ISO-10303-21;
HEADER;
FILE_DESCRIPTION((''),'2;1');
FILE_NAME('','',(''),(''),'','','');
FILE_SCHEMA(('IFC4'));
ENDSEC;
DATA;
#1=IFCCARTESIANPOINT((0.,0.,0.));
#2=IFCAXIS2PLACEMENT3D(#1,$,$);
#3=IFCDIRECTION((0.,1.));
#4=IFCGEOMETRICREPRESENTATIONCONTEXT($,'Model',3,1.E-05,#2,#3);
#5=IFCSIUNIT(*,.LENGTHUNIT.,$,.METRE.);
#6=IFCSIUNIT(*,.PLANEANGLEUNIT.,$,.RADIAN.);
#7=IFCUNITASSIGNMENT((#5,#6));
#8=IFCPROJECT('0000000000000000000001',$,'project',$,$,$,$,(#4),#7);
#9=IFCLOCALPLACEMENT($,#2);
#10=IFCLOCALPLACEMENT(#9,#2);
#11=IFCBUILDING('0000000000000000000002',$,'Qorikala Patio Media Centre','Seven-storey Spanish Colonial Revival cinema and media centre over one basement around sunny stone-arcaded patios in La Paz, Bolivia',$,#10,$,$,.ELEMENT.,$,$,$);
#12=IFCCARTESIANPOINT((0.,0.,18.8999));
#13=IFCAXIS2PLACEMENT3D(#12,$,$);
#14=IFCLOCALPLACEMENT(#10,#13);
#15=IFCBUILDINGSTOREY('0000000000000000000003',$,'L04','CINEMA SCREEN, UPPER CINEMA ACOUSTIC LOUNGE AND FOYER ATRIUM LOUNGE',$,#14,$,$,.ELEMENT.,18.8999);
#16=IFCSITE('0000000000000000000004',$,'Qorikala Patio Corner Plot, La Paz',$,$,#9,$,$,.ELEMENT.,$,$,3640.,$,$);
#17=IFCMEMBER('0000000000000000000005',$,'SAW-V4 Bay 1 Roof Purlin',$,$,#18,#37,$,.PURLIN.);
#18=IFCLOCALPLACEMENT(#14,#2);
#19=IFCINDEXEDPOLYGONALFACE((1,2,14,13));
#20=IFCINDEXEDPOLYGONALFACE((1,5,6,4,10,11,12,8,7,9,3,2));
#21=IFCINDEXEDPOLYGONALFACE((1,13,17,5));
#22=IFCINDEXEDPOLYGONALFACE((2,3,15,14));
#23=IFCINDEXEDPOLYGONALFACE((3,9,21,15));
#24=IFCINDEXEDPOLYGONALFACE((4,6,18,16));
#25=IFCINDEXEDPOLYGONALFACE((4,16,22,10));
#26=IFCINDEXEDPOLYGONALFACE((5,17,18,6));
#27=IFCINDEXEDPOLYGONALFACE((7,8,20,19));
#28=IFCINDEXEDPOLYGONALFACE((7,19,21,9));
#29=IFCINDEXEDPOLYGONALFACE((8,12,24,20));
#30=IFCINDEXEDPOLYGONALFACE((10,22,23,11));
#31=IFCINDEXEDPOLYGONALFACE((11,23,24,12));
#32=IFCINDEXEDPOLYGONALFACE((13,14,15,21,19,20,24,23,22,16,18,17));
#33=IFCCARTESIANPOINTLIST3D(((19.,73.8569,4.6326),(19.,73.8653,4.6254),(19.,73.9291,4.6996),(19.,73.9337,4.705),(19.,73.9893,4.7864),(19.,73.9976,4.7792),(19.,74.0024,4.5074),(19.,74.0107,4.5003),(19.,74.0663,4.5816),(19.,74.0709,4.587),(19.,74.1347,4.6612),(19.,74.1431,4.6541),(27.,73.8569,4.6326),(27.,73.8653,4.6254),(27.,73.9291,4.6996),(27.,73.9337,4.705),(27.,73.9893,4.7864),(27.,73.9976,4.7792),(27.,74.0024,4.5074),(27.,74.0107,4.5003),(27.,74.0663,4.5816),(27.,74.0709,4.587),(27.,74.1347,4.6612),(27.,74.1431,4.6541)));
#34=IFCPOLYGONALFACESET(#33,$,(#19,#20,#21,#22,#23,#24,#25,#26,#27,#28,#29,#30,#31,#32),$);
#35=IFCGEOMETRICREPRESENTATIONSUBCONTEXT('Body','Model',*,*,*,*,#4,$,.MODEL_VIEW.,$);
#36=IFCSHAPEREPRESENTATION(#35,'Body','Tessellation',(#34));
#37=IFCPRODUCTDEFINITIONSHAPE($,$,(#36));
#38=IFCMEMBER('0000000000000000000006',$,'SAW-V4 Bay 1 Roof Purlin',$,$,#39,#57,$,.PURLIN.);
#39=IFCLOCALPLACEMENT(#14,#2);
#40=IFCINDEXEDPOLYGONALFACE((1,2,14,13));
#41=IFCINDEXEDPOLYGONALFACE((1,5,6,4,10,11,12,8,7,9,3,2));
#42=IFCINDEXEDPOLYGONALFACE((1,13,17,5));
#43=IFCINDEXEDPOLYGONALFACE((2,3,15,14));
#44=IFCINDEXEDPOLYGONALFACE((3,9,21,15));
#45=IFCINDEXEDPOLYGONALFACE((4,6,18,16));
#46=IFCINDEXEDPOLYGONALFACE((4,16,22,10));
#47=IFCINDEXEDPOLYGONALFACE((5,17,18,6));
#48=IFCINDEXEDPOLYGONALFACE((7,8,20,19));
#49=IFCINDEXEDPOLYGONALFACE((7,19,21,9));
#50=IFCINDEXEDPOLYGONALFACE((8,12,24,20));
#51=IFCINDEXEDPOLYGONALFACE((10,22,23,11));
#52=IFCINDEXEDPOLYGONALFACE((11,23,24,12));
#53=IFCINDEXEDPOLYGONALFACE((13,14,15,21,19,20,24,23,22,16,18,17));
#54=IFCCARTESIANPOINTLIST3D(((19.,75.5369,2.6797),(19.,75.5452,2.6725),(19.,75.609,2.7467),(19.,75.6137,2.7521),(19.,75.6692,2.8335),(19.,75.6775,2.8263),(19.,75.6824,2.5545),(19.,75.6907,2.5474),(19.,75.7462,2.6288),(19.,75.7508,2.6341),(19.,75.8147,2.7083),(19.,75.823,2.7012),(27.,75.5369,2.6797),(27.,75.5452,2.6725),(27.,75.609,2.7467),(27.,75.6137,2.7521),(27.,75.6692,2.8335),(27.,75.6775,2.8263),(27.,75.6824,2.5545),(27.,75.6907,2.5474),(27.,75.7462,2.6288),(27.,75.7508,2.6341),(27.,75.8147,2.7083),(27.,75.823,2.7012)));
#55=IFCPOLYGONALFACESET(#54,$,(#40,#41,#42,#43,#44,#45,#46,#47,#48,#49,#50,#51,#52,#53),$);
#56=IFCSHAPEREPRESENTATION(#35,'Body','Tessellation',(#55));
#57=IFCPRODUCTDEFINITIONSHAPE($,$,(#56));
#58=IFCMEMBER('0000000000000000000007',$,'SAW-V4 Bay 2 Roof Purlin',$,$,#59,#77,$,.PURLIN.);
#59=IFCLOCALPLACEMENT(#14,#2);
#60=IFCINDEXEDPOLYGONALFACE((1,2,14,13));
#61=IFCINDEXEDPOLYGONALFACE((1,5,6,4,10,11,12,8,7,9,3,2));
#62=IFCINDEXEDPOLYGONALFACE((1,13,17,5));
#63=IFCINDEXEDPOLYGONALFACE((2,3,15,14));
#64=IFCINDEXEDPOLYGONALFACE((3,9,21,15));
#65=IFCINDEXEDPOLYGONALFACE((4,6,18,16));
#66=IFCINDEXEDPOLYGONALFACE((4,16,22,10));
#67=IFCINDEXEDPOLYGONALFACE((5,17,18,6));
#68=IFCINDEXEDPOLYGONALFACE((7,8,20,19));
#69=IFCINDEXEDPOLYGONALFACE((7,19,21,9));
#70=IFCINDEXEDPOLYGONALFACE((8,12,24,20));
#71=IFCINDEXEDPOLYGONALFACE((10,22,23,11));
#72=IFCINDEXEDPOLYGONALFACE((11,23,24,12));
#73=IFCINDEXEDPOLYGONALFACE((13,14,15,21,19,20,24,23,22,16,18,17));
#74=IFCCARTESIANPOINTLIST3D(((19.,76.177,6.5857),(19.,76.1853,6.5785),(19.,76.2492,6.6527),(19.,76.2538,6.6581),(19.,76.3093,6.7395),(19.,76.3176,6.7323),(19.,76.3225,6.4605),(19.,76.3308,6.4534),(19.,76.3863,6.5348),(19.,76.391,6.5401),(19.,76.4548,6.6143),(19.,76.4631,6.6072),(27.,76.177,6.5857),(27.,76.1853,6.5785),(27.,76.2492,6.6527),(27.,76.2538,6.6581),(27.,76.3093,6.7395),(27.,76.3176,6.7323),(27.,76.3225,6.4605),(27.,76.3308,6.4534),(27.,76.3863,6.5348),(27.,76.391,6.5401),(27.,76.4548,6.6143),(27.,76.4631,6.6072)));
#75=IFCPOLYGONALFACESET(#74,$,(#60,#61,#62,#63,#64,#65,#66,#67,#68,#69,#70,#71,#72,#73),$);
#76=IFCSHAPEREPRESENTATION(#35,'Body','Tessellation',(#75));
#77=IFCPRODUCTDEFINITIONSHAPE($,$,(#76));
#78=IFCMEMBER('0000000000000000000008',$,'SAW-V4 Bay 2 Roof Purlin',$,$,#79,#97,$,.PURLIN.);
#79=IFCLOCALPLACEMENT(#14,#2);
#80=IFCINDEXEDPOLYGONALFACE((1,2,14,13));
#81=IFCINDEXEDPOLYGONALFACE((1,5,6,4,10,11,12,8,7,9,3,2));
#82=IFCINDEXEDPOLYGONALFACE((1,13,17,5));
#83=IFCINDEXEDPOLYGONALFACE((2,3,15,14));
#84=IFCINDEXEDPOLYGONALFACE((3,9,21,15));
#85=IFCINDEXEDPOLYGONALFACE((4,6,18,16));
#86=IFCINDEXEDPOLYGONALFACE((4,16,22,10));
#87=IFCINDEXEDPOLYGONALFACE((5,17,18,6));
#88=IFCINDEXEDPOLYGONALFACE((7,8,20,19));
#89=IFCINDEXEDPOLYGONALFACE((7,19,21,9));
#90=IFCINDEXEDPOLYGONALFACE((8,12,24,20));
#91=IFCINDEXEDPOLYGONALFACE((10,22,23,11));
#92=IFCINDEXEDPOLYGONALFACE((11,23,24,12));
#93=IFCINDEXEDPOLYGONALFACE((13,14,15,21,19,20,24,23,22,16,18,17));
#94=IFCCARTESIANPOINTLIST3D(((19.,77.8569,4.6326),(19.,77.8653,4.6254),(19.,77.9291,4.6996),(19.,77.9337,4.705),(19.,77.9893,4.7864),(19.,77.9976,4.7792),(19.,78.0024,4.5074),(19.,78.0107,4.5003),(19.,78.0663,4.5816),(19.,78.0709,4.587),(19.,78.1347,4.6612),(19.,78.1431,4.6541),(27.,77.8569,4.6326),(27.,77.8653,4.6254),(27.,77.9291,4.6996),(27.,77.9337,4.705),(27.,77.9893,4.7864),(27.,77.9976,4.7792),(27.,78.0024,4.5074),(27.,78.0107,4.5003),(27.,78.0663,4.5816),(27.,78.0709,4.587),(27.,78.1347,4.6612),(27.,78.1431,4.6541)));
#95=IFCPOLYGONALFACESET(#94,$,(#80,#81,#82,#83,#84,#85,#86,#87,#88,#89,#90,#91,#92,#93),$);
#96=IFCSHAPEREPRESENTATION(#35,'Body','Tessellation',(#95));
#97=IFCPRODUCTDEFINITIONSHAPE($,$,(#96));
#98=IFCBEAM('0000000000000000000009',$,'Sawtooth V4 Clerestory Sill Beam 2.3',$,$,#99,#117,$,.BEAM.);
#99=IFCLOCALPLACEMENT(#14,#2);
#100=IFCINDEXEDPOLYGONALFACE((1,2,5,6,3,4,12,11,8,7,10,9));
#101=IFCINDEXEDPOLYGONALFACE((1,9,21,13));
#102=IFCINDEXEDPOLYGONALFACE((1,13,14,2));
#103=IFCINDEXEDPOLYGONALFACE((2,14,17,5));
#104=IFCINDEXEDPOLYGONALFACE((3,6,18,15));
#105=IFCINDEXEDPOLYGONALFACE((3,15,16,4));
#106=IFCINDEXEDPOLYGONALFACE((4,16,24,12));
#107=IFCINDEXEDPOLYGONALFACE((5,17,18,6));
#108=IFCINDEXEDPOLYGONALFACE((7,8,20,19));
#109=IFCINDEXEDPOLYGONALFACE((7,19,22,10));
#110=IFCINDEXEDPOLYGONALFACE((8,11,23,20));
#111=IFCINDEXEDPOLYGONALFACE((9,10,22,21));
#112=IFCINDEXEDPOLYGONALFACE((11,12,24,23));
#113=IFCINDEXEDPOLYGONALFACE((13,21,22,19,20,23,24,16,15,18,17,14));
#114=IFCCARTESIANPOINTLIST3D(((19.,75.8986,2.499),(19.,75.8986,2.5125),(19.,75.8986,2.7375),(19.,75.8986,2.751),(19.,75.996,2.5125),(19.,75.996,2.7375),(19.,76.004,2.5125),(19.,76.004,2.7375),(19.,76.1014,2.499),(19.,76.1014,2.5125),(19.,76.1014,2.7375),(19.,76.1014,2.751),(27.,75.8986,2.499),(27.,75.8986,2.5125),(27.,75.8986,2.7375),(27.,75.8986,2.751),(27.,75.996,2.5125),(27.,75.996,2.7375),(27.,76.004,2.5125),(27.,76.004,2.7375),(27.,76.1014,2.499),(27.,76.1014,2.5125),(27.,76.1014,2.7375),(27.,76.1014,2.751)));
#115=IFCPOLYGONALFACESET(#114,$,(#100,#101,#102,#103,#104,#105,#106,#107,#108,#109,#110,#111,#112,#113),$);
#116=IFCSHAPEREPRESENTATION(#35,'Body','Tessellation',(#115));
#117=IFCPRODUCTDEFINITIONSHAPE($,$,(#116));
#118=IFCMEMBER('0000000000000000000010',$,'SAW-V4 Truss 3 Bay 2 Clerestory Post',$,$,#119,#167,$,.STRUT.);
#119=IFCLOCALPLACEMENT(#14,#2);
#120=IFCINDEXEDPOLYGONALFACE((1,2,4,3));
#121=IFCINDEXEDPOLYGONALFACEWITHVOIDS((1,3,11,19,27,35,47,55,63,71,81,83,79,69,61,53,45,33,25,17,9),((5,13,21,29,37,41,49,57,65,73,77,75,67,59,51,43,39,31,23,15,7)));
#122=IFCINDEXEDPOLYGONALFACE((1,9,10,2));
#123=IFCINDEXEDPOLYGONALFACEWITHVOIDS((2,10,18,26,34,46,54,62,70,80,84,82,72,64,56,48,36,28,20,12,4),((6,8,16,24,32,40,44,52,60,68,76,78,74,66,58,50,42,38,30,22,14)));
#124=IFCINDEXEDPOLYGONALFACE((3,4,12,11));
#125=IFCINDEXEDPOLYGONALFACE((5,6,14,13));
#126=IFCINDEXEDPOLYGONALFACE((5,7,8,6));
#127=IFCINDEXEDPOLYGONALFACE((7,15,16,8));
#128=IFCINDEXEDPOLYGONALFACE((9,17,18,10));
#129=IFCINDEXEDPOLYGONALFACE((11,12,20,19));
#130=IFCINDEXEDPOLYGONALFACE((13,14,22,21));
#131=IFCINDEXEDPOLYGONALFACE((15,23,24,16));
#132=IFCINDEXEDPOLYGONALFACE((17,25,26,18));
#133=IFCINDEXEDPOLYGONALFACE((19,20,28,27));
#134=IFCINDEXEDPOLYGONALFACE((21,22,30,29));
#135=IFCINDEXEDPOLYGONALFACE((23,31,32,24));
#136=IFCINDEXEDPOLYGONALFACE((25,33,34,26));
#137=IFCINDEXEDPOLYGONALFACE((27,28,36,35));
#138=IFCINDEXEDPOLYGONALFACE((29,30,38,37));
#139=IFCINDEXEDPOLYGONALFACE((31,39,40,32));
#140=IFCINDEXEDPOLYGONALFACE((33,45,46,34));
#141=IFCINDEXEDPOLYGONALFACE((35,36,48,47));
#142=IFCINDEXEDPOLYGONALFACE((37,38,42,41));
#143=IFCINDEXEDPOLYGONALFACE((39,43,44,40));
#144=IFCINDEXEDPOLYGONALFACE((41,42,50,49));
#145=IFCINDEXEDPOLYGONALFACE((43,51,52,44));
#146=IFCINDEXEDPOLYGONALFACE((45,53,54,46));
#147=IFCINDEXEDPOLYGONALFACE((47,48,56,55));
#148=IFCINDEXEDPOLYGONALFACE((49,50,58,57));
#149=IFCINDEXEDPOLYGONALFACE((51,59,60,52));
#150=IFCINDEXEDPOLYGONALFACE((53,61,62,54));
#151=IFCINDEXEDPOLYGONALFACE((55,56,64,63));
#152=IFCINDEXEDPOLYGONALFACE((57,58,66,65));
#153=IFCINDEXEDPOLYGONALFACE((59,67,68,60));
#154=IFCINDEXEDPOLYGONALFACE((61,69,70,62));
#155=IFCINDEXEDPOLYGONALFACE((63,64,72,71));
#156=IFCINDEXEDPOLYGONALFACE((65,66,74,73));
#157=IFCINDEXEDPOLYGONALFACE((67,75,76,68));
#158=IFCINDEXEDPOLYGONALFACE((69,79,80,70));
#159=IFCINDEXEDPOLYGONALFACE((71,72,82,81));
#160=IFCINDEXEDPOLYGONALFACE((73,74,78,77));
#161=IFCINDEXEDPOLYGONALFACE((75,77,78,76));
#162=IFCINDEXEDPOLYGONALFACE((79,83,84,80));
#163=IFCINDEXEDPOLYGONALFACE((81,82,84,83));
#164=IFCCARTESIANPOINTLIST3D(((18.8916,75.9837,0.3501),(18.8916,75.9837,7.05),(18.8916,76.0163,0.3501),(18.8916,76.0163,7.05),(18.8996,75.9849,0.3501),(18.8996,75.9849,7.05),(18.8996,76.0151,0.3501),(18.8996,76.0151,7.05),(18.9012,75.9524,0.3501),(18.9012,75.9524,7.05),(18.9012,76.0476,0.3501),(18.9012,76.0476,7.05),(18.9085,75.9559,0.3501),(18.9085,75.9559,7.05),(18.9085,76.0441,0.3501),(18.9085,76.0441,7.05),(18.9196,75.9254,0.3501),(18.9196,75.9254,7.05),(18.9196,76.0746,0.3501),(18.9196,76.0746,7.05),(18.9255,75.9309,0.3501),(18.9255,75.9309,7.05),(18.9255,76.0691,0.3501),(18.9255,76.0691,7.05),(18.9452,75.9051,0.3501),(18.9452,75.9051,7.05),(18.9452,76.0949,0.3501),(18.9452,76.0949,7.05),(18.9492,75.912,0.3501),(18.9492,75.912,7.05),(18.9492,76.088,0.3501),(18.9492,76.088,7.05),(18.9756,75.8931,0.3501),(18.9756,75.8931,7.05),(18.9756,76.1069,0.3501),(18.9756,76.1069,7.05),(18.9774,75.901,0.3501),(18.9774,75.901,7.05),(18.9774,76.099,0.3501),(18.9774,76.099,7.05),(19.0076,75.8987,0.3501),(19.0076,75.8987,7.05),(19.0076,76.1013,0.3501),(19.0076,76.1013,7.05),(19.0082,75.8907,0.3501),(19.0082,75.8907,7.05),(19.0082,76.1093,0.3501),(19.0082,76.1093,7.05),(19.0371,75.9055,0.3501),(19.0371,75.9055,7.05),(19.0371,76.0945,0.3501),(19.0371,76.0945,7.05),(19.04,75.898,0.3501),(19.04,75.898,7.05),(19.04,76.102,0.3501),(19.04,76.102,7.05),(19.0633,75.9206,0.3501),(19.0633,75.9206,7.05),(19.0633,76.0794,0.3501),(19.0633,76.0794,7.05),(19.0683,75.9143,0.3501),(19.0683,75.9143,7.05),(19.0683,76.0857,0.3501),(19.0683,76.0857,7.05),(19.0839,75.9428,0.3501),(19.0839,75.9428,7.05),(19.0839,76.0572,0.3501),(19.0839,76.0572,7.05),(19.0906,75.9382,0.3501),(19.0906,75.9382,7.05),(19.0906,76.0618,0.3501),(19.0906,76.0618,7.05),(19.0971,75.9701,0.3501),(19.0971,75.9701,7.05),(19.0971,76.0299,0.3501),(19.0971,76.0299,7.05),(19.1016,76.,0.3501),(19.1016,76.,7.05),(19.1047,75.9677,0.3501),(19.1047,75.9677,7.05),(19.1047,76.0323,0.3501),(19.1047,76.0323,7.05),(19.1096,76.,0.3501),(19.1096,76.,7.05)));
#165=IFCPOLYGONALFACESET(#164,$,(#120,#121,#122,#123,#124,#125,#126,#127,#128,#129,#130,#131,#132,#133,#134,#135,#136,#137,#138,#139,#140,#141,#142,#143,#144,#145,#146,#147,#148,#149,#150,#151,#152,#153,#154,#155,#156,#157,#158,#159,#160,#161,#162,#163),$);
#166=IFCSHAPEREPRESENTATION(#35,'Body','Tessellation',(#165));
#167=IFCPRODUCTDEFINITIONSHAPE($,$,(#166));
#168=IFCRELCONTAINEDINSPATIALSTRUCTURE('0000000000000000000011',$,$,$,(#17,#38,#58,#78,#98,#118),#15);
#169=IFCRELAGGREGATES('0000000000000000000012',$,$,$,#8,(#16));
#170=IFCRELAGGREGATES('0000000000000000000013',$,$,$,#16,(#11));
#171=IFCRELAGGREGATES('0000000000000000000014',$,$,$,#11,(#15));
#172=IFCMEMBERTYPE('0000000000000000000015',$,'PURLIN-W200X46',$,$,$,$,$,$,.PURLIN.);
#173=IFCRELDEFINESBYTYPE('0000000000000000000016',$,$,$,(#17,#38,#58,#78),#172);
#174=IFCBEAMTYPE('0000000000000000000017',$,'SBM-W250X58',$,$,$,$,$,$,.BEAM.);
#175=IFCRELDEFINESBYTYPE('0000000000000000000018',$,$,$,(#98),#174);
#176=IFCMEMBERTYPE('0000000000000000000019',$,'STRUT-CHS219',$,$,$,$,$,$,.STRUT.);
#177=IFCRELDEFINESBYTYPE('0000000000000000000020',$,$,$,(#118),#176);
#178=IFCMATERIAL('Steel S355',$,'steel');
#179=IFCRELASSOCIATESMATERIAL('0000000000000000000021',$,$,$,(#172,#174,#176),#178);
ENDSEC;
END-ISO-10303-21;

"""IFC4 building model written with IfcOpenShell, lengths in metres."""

from ifc_helpers import new_model, si_unit, direction, frame, origin, origin_2d, place, context, subcontext, project, spatial, hollow_circle, i_section, extrude, material, material_profile, profile_set, type_object, element, save


model = new_model("IFC4")

# Units and contexts
model_context = context("Model", 3, precision=1e-05, world=origin(), true_north=direction((0.0, 1.0)))
body_context = subcontext(model_context, "Body", "Model", "MODEL_VIEW")
ifc_project = project(units=[si_unit("LENGTHUNIT", "METRE"), si_unit("PLANEANGLEUNIT", "RADIAN")], contexts=[model_context])

# Site, building, storey
site_placement = place(None, origin())
site = spatial("IfcSite", under=ifc_project, at=site_placement, Name="Qorikala Patio Corner Plot, La Paz", CompositionType="ELEMENT", RefElevation=3640.0)
building_placement = place(site_placement, origin())
building = spatial("IfcBuilding", under=site, at=building_placement, Name="Qorikala Patio Media Centre", Description="Seven-storey Spanish Colonial Revival cinema and media centre over one basement around sunny stone-arcaded patios in La Paz, Bolivia", CompositionType="ELEMENT")
storey_placement = place(building_placement, frame((0.0, 0.0, 18.8999)))
storey = spatial("IfcBuildingStorey", under=building, at=storey_placement, Name="L04", Description="CINEMA SCREEN, UPPER CINEMA ACOUSTIC LOUNGE AND FOYER ATRIUM LOUNGE", CompositionType="ELEMENT", Elevation=18.8999)

# Shared definitions
ifc_material_1 = material(Name="Steel S355", Category="steel")

# Members
ifc_material_profile_1 = material_profile(ifc_material_1, i_section(OverallWidth=0.2029, OverallDepth=0.2029, WebThickness=0.0071, FlangeThickness=0.011, at=origin_2d()), Name="W200X46")
ifc_profile_set_1 = profile_set([ifc_material_profile_1], Name="Steel S355")
member_type_1 = type_object("IfcMemberType", Name="PURLIN-W200X46", PredefinedType="PURLIN", material=ifc_profile_set_1)
for number, where, z_axis, x_axis, name in (
    (1, (19.0, 74.0, 4.6433), (1.0, 0.0, 0.0), (0.0, 0.652138, 0.7581), "SAW-V4 Bay 1 Roof Purlin"),
    (2, (19.0, 75.6799, 2.6904), (1.0, 0.0, 0.0), (0.0, 0.652138, 0.7581), "SAW-V4 Bay 1 Roof Purlin"),
    (3, (19.0, 76.3201, 6.5964), (1.0, 0.0, 0.0), (0.0, 0.652138, 0.7581), "SAW-V4 Bay 2 Roof Purlin"),
    (4, (19.0, 78.0, 4.6433), (1.0, 0.0, 0.0), (0.0, 0.652138, 0.7581), "SAW-V4 Bay 2 Roof Purlin"),
):
    element("IfcMember", number, at=place(storey_placement, frame(where, z_axis=z_axis, x_axis=x_axis)), inside=storey, type_object=member_type_1, Name=name, PredefinedType="PURLIN", context=body_context, shape_type="SweptSolid", body=[
        extrude(i_section(OverallWidth=0.2029, OverallDepth=0.2029, WebThickness=0.0071, FlangeThickness=0.011, at=origin_2d()), origin(), (0.0, 0.0, 1.0), 8.0),
    ])

# Beam
ifc_material_profile_2 = material_profile(ifc_material_1, i_section(OverallWidth=0.2029, OverallDepth=0.252, WebThickness=0.0081, FlangeThickness=0.0134, at=origin_2d()), Name="W250X58")
ifc_profile_set_2 = profile_set([ifc_material_profile_2], Name="Steel S355")
beam_type = type_object("IfcBeamType", Name="SBM-W250X58", PredefinedType="BEAM", material=ifc_profile_set_2)
beam_placement = place(storey_placement, frame((19.0, 76.0, 2.625), z_axis=(1.0, 0.0, 0.0), x_axis=(0.0, 1.0, 0.0)))
element("IfcBeam", 5, at=beam_placement, inside=storey, type_object=beam_type, Name="Sawtooth V4 Clerestory Sill Beam 2.3", PredefinedType="BEAM", context=body_context, shape_type="SweptSolid", body=[
    extrude(i_section(OverallWidth=0.2029, OverallDepth=0.252, WebThickness=0.0081, FlangeThickness=0.0134, at=origin_2d()), origin(), (0.0, 0.0, 1.0), 8.0),
])

# Member
ifc_material_profile_3 = material_profile(ifc_material_1, hollow_circle(Radius=0.1096, WallThickness=0.0081, at=origin_2d()), Name="CHS219X8")
ifc_profile_set_3 = profile_set([ifc_material_profile_3], Name="Steel S355")
member_type_2 = type_object("IfcMemberType", Name="STRUT-CHS219", PredefinedType="STRUT", material=ifc_profile_set_3)
member_1_placement = place(storey_placement, frame((19.0, 76.0, 0.3501), z_axis=(0.0, 0.0, 1.0), x_axis=(1.0, 0.0, 0.0)))
element("IfcMember", 6, at=member_1_placement, inside=storey, type_object=member_type_2, Name="SAW-V4 Truss 3 Bay 2 Clerestory Post", PredefinedType="STRUT", context=body_context, shape_type="SweptSolid", body=[
    extrude(hollow_circle(Radius=0.1096, WallThickness=0.0081, at=origin_2d()), origin(), (0.0, 0.0, 1.0), 6.7),
])

save(model, "model.ifc")
